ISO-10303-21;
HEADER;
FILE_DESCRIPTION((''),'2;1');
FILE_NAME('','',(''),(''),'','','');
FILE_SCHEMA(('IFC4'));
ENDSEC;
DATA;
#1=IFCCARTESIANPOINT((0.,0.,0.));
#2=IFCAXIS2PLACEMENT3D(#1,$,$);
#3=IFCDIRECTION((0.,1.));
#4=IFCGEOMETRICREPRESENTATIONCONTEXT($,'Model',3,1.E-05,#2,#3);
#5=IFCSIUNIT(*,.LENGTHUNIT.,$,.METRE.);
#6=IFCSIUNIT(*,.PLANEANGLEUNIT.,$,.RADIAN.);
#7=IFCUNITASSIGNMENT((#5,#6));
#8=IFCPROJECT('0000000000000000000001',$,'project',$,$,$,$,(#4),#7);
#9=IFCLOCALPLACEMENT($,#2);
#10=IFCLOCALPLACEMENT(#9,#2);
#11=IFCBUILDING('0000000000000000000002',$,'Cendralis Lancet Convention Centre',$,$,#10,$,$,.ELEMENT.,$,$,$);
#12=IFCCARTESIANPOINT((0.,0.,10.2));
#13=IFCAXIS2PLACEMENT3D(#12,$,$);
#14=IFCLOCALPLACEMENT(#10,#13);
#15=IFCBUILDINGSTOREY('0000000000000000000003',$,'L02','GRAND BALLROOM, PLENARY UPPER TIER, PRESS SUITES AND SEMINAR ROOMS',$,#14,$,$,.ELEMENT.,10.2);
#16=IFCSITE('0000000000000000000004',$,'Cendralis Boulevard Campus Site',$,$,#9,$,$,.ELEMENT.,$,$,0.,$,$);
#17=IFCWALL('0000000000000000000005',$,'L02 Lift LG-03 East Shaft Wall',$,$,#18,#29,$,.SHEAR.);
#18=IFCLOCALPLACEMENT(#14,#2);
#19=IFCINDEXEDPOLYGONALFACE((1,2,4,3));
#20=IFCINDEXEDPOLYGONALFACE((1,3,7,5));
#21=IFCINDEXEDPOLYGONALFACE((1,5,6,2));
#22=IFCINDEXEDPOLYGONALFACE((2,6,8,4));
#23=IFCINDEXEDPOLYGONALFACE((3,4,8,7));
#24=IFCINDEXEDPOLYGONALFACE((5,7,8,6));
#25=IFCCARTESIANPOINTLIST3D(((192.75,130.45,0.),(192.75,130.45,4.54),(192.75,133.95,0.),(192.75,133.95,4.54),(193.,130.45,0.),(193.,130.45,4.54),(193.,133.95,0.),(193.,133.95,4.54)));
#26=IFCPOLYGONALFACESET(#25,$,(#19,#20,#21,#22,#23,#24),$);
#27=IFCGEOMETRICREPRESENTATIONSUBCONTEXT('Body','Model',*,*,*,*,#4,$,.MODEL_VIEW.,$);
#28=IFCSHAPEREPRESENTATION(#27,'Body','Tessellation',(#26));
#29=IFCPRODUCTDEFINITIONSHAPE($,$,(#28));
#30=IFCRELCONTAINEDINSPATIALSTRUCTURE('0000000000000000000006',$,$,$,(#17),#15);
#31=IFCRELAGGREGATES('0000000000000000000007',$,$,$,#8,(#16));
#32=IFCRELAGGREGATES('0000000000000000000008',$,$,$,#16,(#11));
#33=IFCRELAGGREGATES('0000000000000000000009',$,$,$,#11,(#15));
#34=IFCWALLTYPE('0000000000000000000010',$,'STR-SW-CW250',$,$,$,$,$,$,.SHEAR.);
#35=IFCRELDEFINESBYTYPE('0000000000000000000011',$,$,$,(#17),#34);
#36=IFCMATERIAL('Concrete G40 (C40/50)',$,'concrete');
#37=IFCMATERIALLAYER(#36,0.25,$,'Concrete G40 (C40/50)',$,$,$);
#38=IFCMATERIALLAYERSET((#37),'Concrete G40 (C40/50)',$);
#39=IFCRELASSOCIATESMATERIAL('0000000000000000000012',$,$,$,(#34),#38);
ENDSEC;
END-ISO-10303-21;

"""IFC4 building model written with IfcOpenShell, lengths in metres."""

from ifc_helpers import new_model, si_unit, direction, frame, frame_2d, origin, place, context, subcontext, project, spatial, rectangle, extrude, material, layer, layer_set, type_object, element, save


model = new_model("IFC4")

# Units and contexts
model_context = context("Model", 3, precision=1e-05, world=origin(), true_north=direction((0.0, 1.0)))
body_context = subcontext(model_context, "Body", "Model", "MODEL_VIEW")
ifc_project = project(units=[si_unit("LENGTHUNIT", "METRE"), si_unit("PLANEANGLEUNIT", "RADIAN")], contexts=[model_context])

# Site, building, storey
site_placement = place(None, origin())
site = spatial("IfcSite", under=ifc_project, at=site_placement, Name="Cendralis Boulevard Campus Site", CompositionType="ELEMENT", RefElevation=0.0)
building_placement = place(site_placement, origin())
building = spatial("IfcBuilding", under=site, at=building_placement, Name="Cendralis Lancet Convention Centre", CompositionType="ELEMENT")
storey_placement = place(building_placement, frame((0.0, 0.0, 10.2)))
storey = spatial("IfcBuildingStorey", under=building, at=storey_placement, Name="L02", Description="GRAND BALLROOM, PLENARY UPPER TIER, PRESS SUITES AND SEMINAR ROOMS", CompositionType="ELEMENT", Elevation=10.2)

# Shared definitions
ifc_material_1 = material(Name="Concrete G40 (C40/50)", Category="concrete")

# Shared definitions
ifc_layer_1 = layer(ifc_material_1, 0.25, Name="Concrete G40 (C40/50)")
ifc_layer_set_1 = layer_set([ifc_layer_1], Name="Concrete G40 (C40/50)")
wall_type_1 = type_object("IfcWallType", Name="STR-SW-CW250", PredefinedType="SHEAR", material=ifc_layer_set_1)

# Wall
for number, where, z_axis, x_axis, name in (
    (1, (192.875, 130.45, 0.0), (0.0, 0.0, 1.0), (0.0, 1.0, 0.0), "L02 Lift LG-03 East Shaft Wall"),
):
    element("IfcWall", number, at=place(storey_placement, frame(where, z_axis=z_axis, x_axis=x_axis)), inside=storey, type_object=wall_type_1, Name=name, PredefinedType="SHEAR", context=body_context, shape_type="SweptSolid", body=[
        extrude(rectangle(XDim=3.5, YDim=0.25, at=frame_2d((1.75, 0.0))), origin(), (0.0, 0.0, 1.0), 4.54),
    ])

save(model, "model.ifc")
